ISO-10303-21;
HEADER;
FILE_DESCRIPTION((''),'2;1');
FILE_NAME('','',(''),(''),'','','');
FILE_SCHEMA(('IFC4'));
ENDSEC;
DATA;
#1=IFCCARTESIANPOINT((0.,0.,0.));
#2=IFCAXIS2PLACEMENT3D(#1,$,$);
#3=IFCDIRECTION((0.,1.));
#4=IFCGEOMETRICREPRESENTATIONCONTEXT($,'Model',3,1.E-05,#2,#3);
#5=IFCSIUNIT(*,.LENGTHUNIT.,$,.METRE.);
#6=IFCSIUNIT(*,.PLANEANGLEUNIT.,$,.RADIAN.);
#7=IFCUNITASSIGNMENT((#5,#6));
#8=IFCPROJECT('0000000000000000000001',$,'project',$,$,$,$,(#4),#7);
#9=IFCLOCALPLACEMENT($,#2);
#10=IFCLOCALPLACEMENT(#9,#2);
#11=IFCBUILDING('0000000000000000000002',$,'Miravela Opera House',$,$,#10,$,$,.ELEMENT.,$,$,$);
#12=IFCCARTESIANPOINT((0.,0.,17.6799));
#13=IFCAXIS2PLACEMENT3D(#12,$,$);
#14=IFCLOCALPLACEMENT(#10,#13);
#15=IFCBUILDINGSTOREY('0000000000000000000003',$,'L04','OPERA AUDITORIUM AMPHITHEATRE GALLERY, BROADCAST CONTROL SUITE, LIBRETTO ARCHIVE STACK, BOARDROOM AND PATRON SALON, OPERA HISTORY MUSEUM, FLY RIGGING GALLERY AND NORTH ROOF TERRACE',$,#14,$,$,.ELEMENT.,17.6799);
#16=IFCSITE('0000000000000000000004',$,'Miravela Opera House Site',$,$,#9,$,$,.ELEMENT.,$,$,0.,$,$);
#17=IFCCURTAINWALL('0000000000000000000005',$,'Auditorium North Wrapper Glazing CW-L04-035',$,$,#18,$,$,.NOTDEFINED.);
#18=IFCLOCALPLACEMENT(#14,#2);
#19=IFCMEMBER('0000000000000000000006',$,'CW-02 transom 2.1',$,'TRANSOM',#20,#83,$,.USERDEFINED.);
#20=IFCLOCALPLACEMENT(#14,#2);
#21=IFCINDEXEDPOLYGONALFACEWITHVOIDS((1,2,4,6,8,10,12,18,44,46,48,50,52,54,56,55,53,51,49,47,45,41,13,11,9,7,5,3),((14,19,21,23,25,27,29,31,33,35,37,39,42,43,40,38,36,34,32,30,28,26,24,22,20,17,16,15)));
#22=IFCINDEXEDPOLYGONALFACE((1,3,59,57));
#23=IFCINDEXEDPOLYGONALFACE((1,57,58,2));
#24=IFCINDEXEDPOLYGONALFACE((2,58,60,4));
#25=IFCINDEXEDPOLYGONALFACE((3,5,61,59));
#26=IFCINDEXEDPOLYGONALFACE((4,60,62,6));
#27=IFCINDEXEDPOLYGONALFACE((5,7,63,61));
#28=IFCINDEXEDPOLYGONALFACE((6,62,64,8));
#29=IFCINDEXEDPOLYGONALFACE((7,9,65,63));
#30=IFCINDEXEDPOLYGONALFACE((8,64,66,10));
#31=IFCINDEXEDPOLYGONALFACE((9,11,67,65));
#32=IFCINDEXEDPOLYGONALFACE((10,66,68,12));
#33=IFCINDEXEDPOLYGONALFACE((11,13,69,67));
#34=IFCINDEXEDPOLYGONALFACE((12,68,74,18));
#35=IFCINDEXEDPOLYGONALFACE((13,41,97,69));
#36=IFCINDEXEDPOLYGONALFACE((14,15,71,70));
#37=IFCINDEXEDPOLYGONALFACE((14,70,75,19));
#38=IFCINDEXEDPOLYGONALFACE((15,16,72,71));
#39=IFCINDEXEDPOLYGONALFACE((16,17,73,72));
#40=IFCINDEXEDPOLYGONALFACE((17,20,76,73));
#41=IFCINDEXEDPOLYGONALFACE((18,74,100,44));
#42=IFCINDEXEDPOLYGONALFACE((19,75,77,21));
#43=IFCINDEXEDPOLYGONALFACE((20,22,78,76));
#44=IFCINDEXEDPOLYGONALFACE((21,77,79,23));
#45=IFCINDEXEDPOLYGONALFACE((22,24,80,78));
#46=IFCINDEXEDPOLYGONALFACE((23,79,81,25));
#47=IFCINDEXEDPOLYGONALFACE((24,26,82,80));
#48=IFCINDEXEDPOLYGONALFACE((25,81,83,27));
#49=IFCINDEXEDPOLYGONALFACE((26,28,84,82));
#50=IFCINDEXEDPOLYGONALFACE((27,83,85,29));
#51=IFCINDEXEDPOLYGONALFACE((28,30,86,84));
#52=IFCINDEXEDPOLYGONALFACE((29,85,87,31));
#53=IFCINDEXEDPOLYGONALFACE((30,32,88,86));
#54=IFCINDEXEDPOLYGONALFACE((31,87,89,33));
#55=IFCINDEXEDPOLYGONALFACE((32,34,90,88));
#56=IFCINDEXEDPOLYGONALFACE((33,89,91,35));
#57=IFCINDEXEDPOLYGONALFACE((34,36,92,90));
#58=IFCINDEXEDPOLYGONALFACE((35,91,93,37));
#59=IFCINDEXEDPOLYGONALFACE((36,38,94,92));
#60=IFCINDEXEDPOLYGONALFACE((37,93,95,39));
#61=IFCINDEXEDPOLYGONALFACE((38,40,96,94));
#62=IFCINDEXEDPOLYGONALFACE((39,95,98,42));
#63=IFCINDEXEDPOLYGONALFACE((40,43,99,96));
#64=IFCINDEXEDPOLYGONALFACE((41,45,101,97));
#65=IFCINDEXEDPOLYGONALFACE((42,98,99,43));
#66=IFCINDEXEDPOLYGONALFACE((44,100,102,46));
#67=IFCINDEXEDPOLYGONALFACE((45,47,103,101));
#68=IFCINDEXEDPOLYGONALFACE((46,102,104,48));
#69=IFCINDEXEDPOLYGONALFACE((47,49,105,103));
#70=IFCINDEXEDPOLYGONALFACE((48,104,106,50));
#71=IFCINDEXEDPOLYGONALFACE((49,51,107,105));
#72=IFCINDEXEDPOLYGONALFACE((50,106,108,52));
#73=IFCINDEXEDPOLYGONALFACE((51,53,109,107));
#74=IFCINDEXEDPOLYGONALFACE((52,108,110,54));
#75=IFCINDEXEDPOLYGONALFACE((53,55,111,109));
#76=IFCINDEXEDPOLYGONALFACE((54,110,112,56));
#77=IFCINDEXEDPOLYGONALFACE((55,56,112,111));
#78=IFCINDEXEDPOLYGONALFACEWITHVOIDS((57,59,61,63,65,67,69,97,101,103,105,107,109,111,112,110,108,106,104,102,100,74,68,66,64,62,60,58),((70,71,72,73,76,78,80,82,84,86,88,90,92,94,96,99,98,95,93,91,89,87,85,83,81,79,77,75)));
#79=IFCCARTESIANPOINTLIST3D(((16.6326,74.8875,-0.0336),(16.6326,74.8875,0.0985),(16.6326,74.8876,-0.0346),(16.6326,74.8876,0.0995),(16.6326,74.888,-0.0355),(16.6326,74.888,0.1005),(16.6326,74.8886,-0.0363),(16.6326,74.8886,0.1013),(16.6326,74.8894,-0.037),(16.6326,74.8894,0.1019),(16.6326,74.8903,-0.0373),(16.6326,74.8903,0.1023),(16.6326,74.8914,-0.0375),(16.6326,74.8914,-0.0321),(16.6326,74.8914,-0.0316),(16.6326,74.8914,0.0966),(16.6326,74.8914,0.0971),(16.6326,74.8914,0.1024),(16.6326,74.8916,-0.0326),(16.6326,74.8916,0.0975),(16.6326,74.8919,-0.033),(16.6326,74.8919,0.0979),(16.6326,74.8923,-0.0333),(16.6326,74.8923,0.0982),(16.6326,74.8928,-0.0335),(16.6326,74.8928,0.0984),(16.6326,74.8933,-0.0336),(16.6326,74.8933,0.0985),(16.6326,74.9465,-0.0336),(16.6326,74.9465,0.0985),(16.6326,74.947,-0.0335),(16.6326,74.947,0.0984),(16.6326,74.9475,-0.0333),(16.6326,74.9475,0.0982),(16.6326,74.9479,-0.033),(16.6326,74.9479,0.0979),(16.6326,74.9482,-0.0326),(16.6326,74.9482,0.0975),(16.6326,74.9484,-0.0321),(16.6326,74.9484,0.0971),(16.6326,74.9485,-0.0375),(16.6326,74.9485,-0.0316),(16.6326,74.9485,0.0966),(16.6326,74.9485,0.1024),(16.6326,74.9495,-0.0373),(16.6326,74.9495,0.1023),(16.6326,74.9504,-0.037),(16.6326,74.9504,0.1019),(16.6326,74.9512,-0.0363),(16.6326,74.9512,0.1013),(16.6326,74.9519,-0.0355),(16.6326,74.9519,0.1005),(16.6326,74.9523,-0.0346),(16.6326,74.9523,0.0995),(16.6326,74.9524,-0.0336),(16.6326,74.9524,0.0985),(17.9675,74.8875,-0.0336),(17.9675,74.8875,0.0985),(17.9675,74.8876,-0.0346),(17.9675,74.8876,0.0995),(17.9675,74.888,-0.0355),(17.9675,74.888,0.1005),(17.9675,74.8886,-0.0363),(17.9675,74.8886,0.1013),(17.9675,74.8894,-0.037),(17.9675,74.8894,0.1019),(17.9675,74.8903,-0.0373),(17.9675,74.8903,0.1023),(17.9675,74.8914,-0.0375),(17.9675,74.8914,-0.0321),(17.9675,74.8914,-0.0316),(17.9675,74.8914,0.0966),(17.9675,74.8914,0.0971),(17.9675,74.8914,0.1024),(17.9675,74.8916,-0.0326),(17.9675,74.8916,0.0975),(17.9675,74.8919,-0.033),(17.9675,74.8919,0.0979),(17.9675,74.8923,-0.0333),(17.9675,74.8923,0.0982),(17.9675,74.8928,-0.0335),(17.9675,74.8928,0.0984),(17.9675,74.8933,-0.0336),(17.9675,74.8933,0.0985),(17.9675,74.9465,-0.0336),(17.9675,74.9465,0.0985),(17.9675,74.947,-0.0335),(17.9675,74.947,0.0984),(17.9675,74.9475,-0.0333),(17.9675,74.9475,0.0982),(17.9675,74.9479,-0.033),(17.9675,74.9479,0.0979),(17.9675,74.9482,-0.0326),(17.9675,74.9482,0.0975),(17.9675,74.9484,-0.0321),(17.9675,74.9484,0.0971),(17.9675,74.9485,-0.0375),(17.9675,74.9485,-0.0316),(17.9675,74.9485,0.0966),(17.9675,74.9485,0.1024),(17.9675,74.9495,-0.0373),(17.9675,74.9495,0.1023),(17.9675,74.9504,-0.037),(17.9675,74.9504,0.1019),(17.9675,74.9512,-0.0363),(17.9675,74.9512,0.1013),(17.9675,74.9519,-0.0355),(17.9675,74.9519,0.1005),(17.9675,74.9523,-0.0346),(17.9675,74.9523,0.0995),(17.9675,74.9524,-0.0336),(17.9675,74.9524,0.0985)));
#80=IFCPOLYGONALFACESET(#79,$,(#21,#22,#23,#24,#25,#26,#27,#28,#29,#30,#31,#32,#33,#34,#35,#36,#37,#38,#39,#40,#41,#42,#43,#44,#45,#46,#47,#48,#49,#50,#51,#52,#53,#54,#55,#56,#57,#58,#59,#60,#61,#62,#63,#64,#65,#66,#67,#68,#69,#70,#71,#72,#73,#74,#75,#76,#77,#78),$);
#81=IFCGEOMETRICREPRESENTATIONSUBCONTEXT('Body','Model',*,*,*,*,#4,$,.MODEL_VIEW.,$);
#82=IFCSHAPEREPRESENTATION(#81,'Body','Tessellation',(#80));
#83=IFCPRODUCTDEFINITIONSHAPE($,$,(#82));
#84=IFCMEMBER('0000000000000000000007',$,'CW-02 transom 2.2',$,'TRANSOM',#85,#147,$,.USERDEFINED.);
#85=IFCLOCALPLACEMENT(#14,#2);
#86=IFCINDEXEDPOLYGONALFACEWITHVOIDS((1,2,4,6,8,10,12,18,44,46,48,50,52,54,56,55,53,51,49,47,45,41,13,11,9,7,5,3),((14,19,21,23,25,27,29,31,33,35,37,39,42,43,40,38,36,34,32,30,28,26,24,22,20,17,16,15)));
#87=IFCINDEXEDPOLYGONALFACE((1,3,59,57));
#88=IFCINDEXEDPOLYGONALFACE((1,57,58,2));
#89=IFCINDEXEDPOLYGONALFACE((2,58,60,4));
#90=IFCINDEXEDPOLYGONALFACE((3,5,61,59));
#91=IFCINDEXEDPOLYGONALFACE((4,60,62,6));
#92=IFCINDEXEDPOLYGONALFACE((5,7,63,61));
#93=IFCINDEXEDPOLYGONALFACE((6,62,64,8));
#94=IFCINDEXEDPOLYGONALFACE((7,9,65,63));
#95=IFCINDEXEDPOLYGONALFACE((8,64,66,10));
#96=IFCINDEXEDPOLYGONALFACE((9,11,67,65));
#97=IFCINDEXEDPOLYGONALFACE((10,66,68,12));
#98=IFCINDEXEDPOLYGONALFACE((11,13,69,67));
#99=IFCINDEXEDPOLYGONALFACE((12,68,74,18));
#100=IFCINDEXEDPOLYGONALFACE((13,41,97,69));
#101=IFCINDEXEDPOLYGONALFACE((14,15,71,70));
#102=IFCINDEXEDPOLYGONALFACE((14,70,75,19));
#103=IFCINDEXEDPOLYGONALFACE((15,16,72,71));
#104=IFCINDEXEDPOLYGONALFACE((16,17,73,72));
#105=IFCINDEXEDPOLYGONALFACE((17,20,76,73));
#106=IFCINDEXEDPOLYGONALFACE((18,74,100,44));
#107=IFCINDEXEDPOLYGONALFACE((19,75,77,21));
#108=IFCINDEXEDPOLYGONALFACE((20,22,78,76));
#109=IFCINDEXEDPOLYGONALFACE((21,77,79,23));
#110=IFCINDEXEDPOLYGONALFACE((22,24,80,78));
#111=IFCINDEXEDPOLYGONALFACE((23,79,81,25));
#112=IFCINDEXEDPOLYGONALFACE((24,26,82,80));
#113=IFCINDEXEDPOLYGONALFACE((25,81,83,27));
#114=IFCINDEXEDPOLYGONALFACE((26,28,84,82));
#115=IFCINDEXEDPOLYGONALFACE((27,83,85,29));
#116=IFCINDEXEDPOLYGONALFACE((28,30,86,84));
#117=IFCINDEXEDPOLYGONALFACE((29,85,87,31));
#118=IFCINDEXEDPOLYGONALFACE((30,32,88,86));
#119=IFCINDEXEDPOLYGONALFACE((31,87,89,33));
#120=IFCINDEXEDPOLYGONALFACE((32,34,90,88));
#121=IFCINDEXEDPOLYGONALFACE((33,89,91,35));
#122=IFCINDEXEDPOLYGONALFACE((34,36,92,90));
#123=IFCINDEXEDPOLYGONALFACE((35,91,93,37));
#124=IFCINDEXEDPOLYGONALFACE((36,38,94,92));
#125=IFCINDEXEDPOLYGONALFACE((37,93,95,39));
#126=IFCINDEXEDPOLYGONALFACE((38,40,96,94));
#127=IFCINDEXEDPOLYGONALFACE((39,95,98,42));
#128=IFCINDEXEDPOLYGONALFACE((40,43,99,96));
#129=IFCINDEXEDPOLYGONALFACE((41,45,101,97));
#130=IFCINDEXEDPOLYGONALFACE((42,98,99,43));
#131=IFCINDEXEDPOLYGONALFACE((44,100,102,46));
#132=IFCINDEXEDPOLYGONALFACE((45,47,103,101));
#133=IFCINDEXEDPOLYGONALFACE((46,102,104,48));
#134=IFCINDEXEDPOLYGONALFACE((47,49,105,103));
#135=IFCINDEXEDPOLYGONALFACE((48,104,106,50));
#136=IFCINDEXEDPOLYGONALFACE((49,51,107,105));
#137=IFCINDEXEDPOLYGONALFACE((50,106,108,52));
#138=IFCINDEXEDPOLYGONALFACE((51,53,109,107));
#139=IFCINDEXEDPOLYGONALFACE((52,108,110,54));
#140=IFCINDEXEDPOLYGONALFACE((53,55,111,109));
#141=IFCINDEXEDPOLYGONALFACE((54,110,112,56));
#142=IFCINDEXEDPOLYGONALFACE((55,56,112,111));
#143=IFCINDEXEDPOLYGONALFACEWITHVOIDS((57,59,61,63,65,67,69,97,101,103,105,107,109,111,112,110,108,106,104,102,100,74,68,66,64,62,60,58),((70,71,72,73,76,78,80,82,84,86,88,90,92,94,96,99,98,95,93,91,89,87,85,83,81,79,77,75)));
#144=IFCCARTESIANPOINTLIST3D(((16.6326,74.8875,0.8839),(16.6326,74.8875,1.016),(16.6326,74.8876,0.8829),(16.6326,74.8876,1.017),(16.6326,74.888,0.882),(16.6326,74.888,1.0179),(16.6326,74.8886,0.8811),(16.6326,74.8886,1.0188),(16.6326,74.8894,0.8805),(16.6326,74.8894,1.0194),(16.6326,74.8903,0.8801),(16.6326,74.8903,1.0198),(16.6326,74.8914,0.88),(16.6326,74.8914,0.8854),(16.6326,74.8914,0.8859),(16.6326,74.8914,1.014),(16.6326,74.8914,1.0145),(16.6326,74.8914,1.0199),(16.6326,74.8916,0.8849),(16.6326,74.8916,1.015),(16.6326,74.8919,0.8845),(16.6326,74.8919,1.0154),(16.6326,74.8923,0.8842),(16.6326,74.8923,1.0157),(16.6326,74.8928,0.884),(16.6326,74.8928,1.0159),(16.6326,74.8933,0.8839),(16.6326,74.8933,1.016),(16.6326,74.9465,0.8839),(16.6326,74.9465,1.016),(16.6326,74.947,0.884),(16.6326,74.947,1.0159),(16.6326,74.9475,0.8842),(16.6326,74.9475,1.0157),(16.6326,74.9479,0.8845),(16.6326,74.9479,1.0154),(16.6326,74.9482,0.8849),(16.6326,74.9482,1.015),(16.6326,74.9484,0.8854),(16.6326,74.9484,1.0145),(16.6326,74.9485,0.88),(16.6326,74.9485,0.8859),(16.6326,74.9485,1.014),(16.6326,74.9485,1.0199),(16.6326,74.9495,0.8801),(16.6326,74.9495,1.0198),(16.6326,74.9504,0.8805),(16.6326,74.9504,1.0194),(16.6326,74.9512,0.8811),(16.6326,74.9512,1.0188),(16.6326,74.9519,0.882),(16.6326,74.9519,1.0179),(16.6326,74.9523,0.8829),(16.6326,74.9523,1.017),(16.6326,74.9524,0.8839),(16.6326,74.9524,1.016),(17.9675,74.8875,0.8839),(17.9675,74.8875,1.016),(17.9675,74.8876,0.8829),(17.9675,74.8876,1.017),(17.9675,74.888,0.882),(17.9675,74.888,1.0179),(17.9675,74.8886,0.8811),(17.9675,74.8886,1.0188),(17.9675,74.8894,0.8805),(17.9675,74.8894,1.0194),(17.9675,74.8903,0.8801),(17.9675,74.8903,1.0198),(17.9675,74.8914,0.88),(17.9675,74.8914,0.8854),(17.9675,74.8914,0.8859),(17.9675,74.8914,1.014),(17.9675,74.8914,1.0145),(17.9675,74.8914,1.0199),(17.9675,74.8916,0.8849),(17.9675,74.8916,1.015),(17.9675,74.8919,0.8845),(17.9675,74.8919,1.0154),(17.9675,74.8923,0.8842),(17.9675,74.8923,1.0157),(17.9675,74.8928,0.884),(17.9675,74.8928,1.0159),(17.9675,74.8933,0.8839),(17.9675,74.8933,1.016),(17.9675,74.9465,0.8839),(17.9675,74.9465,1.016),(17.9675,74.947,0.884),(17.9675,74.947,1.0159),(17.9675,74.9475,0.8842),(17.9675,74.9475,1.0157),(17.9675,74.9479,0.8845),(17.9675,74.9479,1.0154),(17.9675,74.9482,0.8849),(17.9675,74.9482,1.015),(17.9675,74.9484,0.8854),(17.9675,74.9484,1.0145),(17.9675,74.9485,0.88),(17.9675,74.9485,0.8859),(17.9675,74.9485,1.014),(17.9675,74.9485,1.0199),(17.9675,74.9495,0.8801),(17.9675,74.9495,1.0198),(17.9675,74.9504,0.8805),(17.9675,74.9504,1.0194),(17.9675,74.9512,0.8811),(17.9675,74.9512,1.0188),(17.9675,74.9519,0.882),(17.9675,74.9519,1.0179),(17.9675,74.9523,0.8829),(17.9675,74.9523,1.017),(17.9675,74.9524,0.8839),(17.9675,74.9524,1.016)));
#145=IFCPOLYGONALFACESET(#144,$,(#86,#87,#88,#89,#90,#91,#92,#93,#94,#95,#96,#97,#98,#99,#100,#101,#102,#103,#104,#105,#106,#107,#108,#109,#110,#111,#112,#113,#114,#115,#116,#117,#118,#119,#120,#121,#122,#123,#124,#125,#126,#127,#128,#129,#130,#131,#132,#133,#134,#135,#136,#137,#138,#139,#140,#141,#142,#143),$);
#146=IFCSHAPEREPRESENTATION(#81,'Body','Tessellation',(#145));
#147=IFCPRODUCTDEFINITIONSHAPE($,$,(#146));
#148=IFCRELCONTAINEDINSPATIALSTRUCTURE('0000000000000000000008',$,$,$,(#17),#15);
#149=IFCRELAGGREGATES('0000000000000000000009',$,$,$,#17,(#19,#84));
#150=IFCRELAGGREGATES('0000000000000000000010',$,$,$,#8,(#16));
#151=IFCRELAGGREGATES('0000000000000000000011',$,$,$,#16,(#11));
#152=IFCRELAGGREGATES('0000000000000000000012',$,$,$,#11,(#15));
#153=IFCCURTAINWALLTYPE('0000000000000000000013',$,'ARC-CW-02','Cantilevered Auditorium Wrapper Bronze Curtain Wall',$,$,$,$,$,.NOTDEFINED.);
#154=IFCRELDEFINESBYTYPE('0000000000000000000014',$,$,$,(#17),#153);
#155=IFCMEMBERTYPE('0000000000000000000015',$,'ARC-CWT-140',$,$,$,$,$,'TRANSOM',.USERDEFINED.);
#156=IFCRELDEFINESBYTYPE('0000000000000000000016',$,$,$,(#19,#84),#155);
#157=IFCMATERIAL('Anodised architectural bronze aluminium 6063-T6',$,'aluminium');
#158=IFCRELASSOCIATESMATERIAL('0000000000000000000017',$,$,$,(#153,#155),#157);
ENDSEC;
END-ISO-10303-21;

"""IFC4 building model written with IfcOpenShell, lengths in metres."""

from ifc_helpers import new_model, si_unit, direction, frame, origin, origin_2d, place, context, subcontext, project, spatial, hollow_rectangle, extrude, material, material_profile, profile_set, type_object, element, aggregate, save


model = new_model("IFC4")

# Units and contexts
model_context = context("Model", 3, precision=1e-05, world=origin(), true_north=direction((0.0, 1.0)))
body_context = subcontext(model_context, "Body", "Model", "MODEL_VIEW")
ifc_project = project(units=[si_unit("LENGTHUNIT", "METRE"), si_unit("PLANEANGLEUNIT", "RADIAN")], contexts=[model_context])

# Site, building, storey
site_placement = place(None, origin())
site = spatial("IfcSite", under=ifc_project, at=site_placement, Name="Miravela Opera House Site", CompositionType="ELEMENT", RefElevation=0.0)
building_placement = place(site_placement, origin())
building = spatial("IfcBuilding", under=site, at=building_placement, Name="Miravela Opera House", CompositionType="ELEMENT")
storey_placement = place(building_placement, frame((0.0, 0.0, 17.6799)))
storey = spatial("IfcBuildingStorey", under=building, at=storey_placement, Name="L04", Description="OPERA AUDITORIUM AMPHITHEATRE GALLERY, BROADCAST CONTROL SUITE, LIBRETTO ARCHIVE STACK, BOARDROOM AND PATRON SALON, OPERA HISTORY MUSEUM, FLY RIGGING GALLERY AND NORTH ROOF TERRACE", CompositionType="ELEMENT", Elevation=17.6799)

# Shared definitions
ifc_material_1 = material(Name="Anodised architectural bronze aluminium 6063-T6", Category="aluminium")
curtain_wall_type = type_object("IfcCurtainWallType", Name="ARC-CW-02", Description="Cantilevered Auditorium Wrapper Bronze Curtain Wall", PredefinedType="NOTDEFINED", material=ifc_material_1)

# Curtain wall
curtain_wall_1_placement = place(storey_placement, origin())
curtain_wall_1 = element("IfcCurtainWall", 1, at=curtain_wall_1_placement, inside=storey, type_object=curtain_wall_type, Name="Auditorium North Wrapper Glazing CW-L04-035", PredefinedType="NOTDEFINED")

# Members
ifc_material_profile_1 = material_profile(ifc_material_1, hollow_rectangle(XDim=0.0649, YDim=0.1399, WallThickness=0.0039, InnerFilletRadius=0.002, OuterFilletRadius=0.0039, at=origin_2d()), Name="CWT-65X140")
ifc_profile_set_1 = profile_set([ifc_material_profile_1])
member_type_1 = type_object("IfcMemberType", Name="ARC-CWT-140", ElementType="TRANSOM", PredefinedType="USERDEFINED", material=ifc_profile_set_1)
member_1_placement = place(storey_placement, frame((16.6326, 74.9199, 0.0325), z_axis=(1.0, 0.0, 0.0), x_axis=(0.0, 1.0, 0.0)))
member_1 = element("IfcMember", 2, at=member_1_placement, type_object=member_type_1, Name="CW-02 transom 2.1", ObjectType="TRANSOM", PredefinedType="USERDEFINED", context=body_context, shape_type="SweptSolid", body=[
    extrude(hollow_rectangle(XDim=0.0649, YDim=0.1399, WallThickness=0.0039, InnerFilletRadius=0.002, OuterFilletRadius=0.0039, at=origin_2d()), origin(), (0.0, 0.0, 1.0), 1.335),
])
member_2_placement = place(storey_placement, frame((16.6326, 74.9199, 0.95), z_axis=(1.0, 0.0, 0.0), x_axis=(0.0, 1.0, 0.0)))
member_2 = element("IfcMember", 3, at=member_2_placement, type_object=member_type_1, Name="CW-02 transom 2.2", ObjectType="TRANSOM", PredefinedType="USERDEFINED", context=body_context, shape_type="SweptSolid", body=[
    extrude(hollow_rectangle(XDim=0.0649, YDim=0.1399, WallThickness=0.0039, InnerFilletRadius=0.002, OuterFilletRadius=0.0039, at=origin_2d()), origin(), (0.0, 0.0, 1.0), 1.335),
])

aggregate(curtain_wall_1, [member_1, member_2])

save(model, "model.ifc")
